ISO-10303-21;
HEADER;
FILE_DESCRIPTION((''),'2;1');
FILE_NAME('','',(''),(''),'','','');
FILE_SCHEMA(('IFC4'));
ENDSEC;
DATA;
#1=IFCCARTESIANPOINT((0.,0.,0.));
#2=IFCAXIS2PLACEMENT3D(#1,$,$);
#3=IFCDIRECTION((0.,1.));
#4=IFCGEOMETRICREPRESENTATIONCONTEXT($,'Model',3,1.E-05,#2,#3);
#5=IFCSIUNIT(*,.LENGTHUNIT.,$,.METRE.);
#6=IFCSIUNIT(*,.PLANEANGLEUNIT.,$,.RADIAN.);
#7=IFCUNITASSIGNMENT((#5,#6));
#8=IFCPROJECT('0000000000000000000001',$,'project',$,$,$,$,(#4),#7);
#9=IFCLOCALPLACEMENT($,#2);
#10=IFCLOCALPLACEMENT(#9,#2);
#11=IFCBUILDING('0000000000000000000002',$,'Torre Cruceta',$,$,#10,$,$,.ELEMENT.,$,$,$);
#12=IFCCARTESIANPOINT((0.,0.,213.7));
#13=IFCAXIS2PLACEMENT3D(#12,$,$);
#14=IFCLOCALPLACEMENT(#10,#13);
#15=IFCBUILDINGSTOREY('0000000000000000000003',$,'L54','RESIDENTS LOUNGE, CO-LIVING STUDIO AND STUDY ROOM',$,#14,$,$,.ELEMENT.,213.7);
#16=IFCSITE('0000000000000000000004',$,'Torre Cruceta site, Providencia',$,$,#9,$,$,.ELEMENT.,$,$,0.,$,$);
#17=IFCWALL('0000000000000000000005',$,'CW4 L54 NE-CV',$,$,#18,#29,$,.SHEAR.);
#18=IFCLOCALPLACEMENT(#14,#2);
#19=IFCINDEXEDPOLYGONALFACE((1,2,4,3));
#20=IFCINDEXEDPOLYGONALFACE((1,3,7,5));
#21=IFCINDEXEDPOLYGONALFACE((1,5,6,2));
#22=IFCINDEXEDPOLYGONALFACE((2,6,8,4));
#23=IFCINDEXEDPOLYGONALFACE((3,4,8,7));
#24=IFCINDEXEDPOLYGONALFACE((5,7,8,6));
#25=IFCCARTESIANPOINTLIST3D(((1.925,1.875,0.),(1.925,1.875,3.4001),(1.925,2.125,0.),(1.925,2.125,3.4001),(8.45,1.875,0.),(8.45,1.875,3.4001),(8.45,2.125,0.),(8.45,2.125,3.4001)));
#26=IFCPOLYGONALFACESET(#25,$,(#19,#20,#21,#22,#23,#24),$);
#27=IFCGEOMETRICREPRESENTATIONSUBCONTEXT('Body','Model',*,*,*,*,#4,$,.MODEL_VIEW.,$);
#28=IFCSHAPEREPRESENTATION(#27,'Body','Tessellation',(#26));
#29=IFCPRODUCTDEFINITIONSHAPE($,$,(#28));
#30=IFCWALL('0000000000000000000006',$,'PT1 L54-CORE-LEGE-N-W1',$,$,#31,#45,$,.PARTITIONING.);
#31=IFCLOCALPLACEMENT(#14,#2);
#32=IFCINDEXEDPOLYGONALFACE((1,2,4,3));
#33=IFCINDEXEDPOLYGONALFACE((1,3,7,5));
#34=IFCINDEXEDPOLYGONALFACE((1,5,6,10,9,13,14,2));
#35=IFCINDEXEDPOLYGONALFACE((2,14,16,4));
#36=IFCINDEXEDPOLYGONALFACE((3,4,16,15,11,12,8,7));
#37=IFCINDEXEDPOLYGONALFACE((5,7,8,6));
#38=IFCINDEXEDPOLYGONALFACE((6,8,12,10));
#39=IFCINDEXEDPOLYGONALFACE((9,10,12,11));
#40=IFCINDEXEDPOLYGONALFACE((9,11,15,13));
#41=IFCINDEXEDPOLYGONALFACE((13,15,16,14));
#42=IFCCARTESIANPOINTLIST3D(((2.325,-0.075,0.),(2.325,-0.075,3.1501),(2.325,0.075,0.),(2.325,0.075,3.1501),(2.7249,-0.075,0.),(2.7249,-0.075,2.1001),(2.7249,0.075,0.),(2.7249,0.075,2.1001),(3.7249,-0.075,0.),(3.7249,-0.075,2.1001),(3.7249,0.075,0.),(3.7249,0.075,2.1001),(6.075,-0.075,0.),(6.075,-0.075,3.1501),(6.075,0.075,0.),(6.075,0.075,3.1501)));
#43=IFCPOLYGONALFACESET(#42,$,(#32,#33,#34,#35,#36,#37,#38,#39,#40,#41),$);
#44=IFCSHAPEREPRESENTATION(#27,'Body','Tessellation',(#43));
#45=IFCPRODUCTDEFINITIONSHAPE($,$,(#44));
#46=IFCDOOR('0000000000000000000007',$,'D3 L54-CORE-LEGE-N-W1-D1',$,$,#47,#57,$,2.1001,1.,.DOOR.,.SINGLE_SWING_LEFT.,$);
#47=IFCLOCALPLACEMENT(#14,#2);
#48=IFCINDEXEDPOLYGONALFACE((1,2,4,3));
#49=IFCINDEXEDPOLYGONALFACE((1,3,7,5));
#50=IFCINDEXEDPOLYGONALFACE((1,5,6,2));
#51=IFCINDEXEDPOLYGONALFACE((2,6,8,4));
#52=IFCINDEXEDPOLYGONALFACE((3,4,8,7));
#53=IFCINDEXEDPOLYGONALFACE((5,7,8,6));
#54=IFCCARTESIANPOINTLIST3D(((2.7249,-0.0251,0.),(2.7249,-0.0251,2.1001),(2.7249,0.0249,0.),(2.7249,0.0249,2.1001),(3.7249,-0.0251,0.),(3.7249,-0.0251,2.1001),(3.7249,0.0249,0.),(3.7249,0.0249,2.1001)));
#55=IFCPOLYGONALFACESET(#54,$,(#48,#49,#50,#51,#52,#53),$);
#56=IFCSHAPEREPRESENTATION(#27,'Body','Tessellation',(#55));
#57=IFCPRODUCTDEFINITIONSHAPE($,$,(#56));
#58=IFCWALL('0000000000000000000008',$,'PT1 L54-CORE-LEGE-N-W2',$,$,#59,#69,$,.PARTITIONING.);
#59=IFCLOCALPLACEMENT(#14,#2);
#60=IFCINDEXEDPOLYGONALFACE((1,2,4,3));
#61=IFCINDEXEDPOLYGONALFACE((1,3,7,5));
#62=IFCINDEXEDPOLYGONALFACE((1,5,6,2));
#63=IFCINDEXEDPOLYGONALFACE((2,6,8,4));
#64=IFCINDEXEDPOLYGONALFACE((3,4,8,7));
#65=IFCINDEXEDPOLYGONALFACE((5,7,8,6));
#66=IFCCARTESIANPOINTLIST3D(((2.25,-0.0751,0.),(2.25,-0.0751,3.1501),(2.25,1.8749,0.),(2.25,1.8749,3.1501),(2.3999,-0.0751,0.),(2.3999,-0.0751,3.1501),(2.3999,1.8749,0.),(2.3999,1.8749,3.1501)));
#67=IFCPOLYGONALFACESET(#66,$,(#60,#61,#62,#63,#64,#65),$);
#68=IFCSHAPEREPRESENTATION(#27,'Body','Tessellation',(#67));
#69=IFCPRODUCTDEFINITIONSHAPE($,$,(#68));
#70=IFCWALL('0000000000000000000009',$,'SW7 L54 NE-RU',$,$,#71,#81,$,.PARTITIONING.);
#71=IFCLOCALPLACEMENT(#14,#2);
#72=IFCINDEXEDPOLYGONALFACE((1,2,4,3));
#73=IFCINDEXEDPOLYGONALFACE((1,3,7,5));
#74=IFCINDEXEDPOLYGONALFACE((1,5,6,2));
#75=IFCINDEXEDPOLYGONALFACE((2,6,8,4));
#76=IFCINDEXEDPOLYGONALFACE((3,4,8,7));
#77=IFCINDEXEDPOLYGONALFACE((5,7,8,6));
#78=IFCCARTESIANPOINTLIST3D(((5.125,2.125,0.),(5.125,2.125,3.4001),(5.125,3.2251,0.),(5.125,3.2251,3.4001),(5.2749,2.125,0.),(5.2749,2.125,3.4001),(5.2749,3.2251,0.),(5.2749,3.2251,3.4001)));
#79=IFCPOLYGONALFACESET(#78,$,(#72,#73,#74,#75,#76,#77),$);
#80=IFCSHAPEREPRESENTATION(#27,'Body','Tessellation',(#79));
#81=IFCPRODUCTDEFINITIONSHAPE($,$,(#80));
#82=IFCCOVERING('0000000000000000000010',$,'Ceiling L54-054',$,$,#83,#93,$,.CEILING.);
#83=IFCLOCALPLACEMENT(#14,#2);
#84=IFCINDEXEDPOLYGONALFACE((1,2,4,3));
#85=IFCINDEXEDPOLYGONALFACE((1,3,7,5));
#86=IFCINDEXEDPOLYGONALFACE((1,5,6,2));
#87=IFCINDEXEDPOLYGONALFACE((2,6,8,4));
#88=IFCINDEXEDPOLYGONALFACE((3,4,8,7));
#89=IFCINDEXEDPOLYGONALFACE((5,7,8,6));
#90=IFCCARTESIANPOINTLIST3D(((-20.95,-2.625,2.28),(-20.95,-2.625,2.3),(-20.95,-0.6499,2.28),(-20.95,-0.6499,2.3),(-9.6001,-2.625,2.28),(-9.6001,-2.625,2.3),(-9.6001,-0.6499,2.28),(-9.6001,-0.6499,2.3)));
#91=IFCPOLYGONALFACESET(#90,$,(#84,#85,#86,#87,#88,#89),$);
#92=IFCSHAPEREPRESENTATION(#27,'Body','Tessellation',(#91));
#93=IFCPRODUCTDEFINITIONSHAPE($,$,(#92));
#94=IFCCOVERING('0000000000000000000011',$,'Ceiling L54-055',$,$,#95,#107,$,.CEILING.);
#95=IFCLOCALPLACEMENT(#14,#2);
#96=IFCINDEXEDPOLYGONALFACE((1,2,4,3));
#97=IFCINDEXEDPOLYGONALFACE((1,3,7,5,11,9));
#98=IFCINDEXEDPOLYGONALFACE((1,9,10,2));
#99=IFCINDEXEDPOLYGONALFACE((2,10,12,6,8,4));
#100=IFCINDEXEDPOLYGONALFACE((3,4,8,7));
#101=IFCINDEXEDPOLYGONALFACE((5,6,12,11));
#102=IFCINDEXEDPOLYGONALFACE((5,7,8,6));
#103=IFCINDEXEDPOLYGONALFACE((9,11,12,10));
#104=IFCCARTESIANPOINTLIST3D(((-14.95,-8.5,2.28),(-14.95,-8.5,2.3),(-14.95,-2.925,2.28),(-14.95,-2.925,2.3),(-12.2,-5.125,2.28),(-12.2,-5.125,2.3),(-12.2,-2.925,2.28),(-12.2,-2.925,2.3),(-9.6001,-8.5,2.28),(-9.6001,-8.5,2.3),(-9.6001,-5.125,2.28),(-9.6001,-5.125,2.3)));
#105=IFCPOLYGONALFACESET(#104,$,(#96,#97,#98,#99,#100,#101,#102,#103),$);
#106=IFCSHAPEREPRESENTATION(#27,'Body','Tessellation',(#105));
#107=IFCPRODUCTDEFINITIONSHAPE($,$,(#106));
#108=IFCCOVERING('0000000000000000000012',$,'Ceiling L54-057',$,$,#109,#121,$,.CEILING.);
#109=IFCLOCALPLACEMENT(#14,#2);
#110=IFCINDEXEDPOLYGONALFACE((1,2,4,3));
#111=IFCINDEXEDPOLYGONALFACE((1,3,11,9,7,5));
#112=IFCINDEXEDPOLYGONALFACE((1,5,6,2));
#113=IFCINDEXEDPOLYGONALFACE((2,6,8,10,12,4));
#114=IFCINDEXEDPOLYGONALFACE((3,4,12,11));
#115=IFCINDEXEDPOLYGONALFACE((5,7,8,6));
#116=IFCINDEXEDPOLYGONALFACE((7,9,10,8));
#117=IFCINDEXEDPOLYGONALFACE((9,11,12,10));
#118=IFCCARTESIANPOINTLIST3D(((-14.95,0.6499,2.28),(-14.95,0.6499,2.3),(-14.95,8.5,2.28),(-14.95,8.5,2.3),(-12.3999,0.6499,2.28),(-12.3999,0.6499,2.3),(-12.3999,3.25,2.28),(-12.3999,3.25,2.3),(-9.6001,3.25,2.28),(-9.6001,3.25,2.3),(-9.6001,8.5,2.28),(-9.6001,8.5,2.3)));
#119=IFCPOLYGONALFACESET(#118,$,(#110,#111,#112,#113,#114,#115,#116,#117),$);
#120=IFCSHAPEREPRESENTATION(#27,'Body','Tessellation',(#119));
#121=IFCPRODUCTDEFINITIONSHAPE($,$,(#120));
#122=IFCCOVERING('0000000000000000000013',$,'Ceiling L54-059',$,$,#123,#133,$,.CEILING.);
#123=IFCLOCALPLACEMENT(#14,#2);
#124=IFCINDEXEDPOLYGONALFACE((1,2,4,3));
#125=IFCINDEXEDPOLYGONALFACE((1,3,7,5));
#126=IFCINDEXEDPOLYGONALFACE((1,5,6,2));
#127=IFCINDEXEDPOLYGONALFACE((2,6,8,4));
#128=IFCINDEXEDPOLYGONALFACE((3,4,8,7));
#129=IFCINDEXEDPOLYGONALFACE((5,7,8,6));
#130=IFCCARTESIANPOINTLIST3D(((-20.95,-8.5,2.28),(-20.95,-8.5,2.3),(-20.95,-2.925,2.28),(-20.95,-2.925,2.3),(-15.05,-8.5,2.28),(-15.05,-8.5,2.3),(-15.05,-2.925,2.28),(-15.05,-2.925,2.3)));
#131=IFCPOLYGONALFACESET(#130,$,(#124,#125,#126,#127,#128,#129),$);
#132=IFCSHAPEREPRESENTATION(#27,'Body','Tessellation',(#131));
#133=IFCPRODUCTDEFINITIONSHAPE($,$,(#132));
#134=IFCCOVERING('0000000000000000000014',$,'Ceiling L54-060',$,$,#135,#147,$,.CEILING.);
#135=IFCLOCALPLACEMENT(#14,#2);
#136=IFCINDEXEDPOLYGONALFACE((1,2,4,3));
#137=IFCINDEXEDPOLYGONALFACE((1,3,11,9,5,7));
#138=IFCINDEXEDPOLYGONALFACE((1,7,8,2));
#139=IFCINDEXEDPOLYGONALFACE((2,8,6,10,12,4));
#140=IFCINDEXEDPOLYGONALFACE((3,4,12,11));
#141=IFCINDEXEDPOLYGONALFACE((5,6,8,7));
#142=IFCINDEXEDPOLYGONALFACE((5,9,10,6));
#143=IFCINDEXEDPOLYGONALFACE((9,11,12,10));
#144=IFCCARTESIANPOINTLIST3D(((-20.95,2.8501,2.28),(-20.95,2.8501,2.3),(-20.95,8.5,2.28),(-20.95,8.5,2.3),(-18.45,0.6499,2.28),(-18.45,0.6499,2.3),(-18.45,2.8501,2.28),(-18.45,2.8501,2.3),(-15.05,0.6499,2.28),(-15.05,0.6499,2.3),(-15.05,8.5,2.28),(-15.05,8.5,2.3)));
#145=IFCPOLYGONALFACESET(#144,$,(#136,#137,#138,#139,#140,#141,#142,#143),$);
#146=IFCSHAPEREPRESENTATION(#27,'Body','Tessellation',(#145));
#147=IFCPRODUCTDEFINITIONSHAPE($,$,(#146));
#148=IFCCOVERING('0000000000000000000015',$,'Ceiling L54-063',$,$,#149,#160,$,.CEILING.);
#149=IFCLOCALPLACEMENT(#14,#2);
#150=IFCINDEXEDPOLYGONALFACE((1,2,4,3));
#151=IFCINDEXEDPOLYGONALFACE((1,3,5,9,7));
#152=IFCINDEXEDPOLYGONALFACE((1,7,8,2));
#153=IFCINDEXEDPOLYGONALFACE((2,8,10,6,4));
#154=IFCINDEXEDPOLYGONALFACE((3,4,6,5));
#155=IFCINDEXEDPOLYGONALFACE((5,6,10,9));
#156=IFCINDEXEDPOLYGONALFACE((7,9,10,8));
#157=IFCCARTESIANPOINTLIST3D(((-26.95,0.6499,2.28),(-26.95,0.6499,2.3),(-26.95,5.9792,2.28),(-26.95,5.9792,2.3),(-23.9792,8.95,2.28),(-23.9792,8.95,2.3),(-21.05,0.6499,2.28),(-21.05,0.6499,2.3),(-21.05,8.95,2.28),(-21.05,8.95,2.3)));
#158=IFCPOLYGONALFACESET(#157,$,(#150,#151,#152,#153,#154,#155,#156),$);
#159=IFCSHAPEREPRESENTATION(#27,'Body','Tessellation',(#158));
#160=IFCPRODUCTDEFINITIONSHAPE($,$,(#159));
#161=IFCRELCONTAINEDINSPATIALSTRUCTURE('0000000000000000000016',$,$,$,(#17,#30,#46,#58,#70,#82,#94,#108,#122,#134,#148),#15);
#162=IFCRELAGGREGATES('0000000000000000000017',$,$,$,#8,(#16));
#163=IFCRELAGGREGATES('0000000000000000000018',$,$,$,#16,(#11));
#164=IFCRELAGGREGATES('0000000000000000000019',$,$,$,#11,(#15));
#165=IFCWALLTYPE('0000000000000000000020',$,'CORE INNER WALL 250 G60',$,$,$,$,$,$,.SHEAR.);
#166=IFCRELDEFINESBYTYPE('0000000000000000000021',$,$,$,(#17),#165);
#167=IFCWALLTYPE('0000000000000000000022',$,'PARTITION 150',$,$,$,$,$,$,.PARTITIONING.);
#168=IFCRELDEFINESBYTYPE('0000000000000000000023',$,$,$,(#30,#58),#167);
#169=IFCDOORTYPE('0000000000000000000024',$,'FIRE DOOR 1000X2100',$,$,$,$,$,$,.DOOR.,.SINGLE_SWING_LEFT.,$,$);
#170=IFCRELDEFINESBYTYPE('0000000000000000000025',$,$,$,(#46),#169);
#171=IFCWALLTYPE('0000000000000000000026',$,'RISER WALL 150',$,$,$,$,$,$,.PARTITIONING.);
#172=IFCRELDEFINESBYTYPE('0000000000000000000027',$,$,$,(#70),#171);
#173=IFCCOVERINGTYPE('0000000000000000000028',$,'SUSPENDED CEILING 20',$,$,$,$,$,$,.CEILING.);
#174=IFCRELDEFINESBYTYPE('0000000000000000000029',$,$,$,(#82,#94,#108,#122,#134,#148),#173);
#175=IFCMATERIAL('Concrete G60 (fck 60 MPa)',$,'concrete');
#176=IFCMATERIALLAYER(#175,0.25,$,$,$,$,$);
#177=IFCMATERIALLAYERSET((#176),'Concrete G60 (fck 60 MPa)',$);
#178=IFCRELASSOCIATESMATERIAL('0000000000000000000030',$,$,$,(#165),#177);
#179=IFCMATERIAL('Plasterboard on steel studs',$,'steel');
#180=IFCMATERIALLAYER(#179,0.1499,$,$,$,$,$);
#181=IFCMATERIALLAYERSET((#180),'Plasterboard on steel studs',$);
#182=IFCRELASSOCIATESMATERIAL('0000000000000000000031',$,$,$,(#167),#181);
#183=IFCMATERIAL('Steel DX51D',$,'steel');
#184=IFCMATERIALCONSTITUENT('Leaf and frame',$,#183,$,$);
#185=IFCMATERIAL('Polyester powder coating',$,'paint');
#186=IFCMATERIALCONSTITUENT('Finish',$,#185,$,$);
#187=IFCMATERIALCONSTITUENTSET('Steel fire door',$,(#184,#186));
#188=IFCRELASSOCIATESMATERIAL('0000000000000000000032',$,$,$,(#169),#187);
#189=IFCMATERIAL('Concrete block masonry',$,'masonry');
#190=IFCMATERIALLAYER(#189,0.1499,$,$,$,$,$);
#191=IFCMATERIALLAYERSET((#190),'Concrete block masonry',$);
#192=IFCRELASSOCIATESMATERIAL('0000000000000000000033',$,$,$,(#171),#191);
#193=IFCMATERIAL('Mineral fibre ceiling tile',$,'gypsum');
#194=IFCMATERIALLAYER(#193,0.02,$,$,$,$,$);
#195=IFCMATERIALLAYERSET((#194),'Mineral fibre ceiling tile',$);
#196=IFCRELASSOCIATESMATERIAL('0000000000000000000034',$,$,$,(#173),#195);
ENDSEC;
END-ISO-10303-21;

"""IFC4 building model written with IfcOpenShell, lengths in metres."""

from ifc_helpers import new_model, si_unit, direction, frame, frame_2d, origin, place, context, subcontext, project, spatial, polyline, rectangle, outline, extrude, material, layer, layer_set, constituent, constituent_set, type_object, element, fill, save


model = new_model("IFC4")

# Units and contexts
model_context = context("Model", 3, precision=1e-05, world=origin(), true_north=direction((0.0, 1.0)))
body_context = subcontext(model_context, "Body", "Model", "MODEL_VIEW")
ifc_project = project(units=[si_unit("LENGTHUNIT", "METRE"), si_unit("PLANEANGLEUNIT", "RADIAN")], contexts=[model_context])

# Site, building, storey
site_placement = place(None, origin())
site = spatial("IfcSite", under=ifc_project, at=site_placement, Name="Torre Cruceta site, Providencia", CompositionType="ELEMENT", RefElevation=0.0)
building_placement = place(site_placement, origin())
building = spatial("IfcBuilding", under=site, at=building_placement, Name="Torre Cruceta", CompositionType="ELEMENT")
storey_placement = place(building_placement, frame((0.0, 0.0, 213.7)))
storey = spatial("IfcBuildingStorey", under=building, at=storey_placement, Name="L54", Description="RESIDENTS LOUNGE, CO-LIVING STUDIO AND STUDY ROOM", CompositionType="ELEMENT", Elevation=213.7)

# Shared definitions
ifc_material_1 = material(Name="Concrete G60 (fck 60 MPa)", Category="concrete")
ifc_layer_1 = layer(ifc_material_1, 0.25)
ifc_layer_set_1 = layer_set([ifc_layer_1], Name="Concrete G60 (fck 60 MPa)")
wall_type_1 = type_object("IfcWallType", Name="CORE INNER WALL 250 G60", PredefinedType="SHEAR", material=ifc_layer_set_1)

# Wall
wall_1_placement = place(storey_placement, frame((1.925, 2.0, 0.0), z_axis=(0.0, 0.0, 1.0), x_axis=(1.0, 0.0, 0.0)))
element("IfcWall", 1, at=wall_1_placement, inside=storey, type_object=wall_type_1, Name="CW4 L54 NE-CV", PredefinedType="SHEAR", context=body_context, shape_type="SweptSolid", body=[
    extrude(rectangle(XDim=6.5249, YDim=0.25, at=frame_2d((3.2625, 0.0))), origin(), (0.0, 0.0, 1.0), 3.4001),
])

# Wall, opening, door
ifc_material_2 = material(Name="Plasterboard on steel studs", Category="steel")
ifc_layer_2 = layer(ifc_material_2, 0.1499)
ifc_layer_set_2 = layer_set([ifc_layer_2], Name="Plasterboard on steel studs")
wall_type_2 = type_object("IfcWallType", Name="PARTITION 150", PredefinedType="PARTITIONING", material=ifc_layer_set_2)
wall_2_placement = place(storey_placement, frame((2.325, 0.0, 0.0), z_axis=(0.0, 0.0, 1.0), x_axis=(1.0, 0.0, 0.0)))
wall_2 = element("IfcWall", 2, at=wall_2_placement, inside=storey, type_object=wall_type_2, Name="PT1 L54-CORE-LEGE-N-W1", PredefinedType="PARTITIONING", context=body_context, shape_type="SweptSolid", body=[
    extrude(rectangle(XDim=3.75, YDim=0.1499, at=frame_2d((1.875, 0.0))), origin(), (0.0, 0.0, 1.0), 3.1501),
])
opening_1_placement = place(wall_2_placement, frame((0.3999, 0.0, 0.0)))
opening_1 = element("IfcOpeningElement", 3, at=opening_1_placement, cuts=wall_2, PredefinedType="OPENING", context=body_context, shape_type="SweptSolid", body=[
    extrude(rectangle(XDim=1.0, YDim=2.1001, at=frame_2d((0.5, 1.05))), frame((0.0, 0.085, 0.0), z_axis=(0.0, -1.0, 0.0), x_axis=(1.0, 0.0, 0.0)), (0.0, 0.0, 1.0), 0.1699),
])
ifc_material_3 = material(Name="Steel DX51D", Category="steel")
ifc_constituent_1 = constituent(ifc_material_3, Name="Leaf and frame")
ifc_material_4 = material(Name="Polyester powder coating", Category="paint")
ifc_constituent_2 = constituent(ifc_material_4, Name="Finish")
ifc_constituent_set_1 = constituent_set(constituents=[ifc_constituent_1, ifc_constituent_2], Name="Steel fire door")
door_type_1 = type_object("IfcDoorType", Name="FIRE DOOR 1000X2100", OperationType="SINGLE_SWING_LEFT", PredefinedType="DOOR", material=ifc_constituent_set_1)
door_1_placement = place(opening_1_placement, origin())
door_1 = element("IfcDoor", 4, at=door_1_placement, inside=storey, type_object=door_type_1, Name="D3 L54-CORE-LEGE-N-W1-D1", OperationType="SINGLE_SWING_LEFT", OverallHeight=2.1001, OverallWidth=1.0, PredefinedType="DOOR", context=body_context, shape_type="SweptSolid", body=[
    extrude(rectangle(XDim=1.0, YDim=2.1001, at=frame_2d((0.5, 1.05))), frame((0.0, 0.0249, 0.0), z_axis=(0.0, -1.0, 0.0), x_axis=(1.0, 0.0, 0.0)), (0.0, 0.0, 1.0), 0.05),
])
fill(opening_1, door_1)

# Walls
wall_3_placement = place(storey_placement, frame((2.325, 1.875, 0.0), z_axis=(0.0, 0.0, 1.0), x_axis=(0.0, -1.0, 0.0)))
element("IfcWall", 5, at=wall_3_placement, inside=storey, type_object=wall_type_2, Name="PT1 L54-CORE-LEGE-N-W2", PredefinedType="PARTITIONING", context=body_context, shape_type="SweptSolid", body=[
    extrude(rectangle(XDim=1.95, YDim=0.1499, at=frame_2d((0.9751, 0.0))), origin(), (0.0, 0.0, 1.0), 3.1501),
])
ifc_material_5 = material(Name="Concrete block masonry", Category="masonry")
ifc_layer_3 = layer(ifc_material_5, 0.1499)
ifc_layer_set_3 = layer_set([ifc_layer_3], Name="Concrete block masonry")
wall_type_3 = type_object("IfcWallType", Name="RISER WALL 150", PredefinedType="PARTITIONING", material=ifc_layer_set_3)
wall_4_placement = place(storey_placement, frame((5.2, 2.125, 0.0), z_axis=(0.0, 0.0, 1.0), x_axis=(0.0, 1.0, 0.0)))
element("IfcWall", 6, at=wall_4_placement, inside=storey, type_object=wall_type_3, Name="SW7 L54 NE-RU", PredefinedType="PARTITIONING", context=body_context, shape_type="SweptSolid", body=[
    extrude(rectangle(XDim=1.1001, YDim=0.1499, at=frame_2d((0.55, 0.0))), origin(), (0.0, 0.0, 1.0), 3.4001),
])

# Coverings
ifc_material_6 = material(Name="Mineral fibre ceiling tile", Category="gypsum")
ifc_layer_4 = layer(ifc_material_6, 0.02)
ifc_layer_set_4 = layer_set([ifc_layer_4], Name="Mineral fibre ceiling tile")
covering_type = type_object("IfcCoveringType", Name="SUSPENDED CEILING 20", PredefinedType="CEILING", material=ifc_layer_set_4)
covering_1_placement = place(storey_placement, frame((0.0, 0.0, 2.28)))
element("IfcCovering", 7, at=covering_1_placement, inside=storey, type_object=covering_type, Name="Ceiling L54-054", PredefinedType="CEILING", context=body_context, shape_type="SweptSolid", body=[
    extrude(outline(polyline([(-9.6001, -0.6499), (-9.6001, -2.625), (-20.95, -2.625), (-20.95, -0.6499), (-9.6001, -0.6499)])), origin(), (0.0, 0.0, 1.0), 0.02),
])
covering_2_placement = place(storey_placement, frame((0.0, 0.0, 2.28)))
element("IfcCovering", 8, at=covering_2_placement, inside=storey, type_object=covering_type, Name="Ceiling L54-055", PredefinedType="CEILING", context=body_context, shape_type="SweptSolid", body=[
    extrude(outline(polyline([(-9.6001, -8.5), (-14.95, -8.5), (-14.95, -2.925), (-12.2, -2.925), (-12.2, -5.125), (-9.6001, -5.125), (-9.6001, -8.5)])), origin(), (0.0, 0.0, 1.0), 0.02),
])
covering_3_placement = place(storey_placement, frame((0.0, 0.0, 2.28)))
element("IfcCovering", 9, at=covering_3_placement, inside=storey, type_object=covering_type, Name="Ceiling L54-057", PredefinedType="CEILING", context=body_context, shape_type="SweptSolid", body=[
    extrude(outline(polyline([(-14.95, 0.6499), (-14.95, 8.5), (-9.6001, 8.5), (-9.6001, 3.25), (-12.3999, 3.25), (-12.3999, 0.6499), (-14.95, 0.6499)])), origin(), (0.0, 0.0, 1.0), 0.02),
])
covering_4_placement = place(storey_placement, frame((0.0, 0.0, 2.28)))
element("IfcCovering", 10, at=covering_4_placement, inside=storey, type_object=covering_type, Name="Ceiling L54-059", PredefinedType="CEILING", context=body_context, shape_type="SweptSolid", body=[
    extrude(outline(polyline([(-15.05, -2.925), (-15.05, -8.5), (-20.95, -8.5), (-20.95, -2.925), (-15.05, -2.925)])), origin(), (0.0, 0.0, 1.0), 0.02),
])
covering_5_placement = place(storey_placement, frame((0.0, 0.0, 2.28)))
element("IfcCovering", 11, at=covering_5_placement, inside=storey, type_object=covering_type, Name="Ceiling L54-060", PredefinedType="CEILING", context=body_context, shape_type="SweptSolid", body=[
    extrude(outline(polyline([(-20.95, 8.5), (-15.05, 8.5), (-15.05, 0.6499), (-18.45, 0.6499), (-18.45, 2.8501), (-20.95, 2.8501), (-20.95, 8.5)])), origin(), (0.0, 0.0, 1.0), 0.02),
])
covering_6_placement = place(storey_placement, frame((0.0, 0.0, 2.28)))
element("IfcCovering", 12, at=covering_6_placement, inside=storey, type_object=covering_type, Name="Ceiling L54-063", PredefinedType="CEILING", context=body_context, shape_type="SweptSolid", body=[
    extrude(outline(polyline([(-23.9792, 8.95), (-21.05, 8.95), (-21.05, 0.6499), (-26.95, 0.6499), (-26.95, 5.9792), (-23.9792, 8.95)])), origin(), (0.0, 0.0, 1.0), 0.02),
])

save(model, "model.ifc")
